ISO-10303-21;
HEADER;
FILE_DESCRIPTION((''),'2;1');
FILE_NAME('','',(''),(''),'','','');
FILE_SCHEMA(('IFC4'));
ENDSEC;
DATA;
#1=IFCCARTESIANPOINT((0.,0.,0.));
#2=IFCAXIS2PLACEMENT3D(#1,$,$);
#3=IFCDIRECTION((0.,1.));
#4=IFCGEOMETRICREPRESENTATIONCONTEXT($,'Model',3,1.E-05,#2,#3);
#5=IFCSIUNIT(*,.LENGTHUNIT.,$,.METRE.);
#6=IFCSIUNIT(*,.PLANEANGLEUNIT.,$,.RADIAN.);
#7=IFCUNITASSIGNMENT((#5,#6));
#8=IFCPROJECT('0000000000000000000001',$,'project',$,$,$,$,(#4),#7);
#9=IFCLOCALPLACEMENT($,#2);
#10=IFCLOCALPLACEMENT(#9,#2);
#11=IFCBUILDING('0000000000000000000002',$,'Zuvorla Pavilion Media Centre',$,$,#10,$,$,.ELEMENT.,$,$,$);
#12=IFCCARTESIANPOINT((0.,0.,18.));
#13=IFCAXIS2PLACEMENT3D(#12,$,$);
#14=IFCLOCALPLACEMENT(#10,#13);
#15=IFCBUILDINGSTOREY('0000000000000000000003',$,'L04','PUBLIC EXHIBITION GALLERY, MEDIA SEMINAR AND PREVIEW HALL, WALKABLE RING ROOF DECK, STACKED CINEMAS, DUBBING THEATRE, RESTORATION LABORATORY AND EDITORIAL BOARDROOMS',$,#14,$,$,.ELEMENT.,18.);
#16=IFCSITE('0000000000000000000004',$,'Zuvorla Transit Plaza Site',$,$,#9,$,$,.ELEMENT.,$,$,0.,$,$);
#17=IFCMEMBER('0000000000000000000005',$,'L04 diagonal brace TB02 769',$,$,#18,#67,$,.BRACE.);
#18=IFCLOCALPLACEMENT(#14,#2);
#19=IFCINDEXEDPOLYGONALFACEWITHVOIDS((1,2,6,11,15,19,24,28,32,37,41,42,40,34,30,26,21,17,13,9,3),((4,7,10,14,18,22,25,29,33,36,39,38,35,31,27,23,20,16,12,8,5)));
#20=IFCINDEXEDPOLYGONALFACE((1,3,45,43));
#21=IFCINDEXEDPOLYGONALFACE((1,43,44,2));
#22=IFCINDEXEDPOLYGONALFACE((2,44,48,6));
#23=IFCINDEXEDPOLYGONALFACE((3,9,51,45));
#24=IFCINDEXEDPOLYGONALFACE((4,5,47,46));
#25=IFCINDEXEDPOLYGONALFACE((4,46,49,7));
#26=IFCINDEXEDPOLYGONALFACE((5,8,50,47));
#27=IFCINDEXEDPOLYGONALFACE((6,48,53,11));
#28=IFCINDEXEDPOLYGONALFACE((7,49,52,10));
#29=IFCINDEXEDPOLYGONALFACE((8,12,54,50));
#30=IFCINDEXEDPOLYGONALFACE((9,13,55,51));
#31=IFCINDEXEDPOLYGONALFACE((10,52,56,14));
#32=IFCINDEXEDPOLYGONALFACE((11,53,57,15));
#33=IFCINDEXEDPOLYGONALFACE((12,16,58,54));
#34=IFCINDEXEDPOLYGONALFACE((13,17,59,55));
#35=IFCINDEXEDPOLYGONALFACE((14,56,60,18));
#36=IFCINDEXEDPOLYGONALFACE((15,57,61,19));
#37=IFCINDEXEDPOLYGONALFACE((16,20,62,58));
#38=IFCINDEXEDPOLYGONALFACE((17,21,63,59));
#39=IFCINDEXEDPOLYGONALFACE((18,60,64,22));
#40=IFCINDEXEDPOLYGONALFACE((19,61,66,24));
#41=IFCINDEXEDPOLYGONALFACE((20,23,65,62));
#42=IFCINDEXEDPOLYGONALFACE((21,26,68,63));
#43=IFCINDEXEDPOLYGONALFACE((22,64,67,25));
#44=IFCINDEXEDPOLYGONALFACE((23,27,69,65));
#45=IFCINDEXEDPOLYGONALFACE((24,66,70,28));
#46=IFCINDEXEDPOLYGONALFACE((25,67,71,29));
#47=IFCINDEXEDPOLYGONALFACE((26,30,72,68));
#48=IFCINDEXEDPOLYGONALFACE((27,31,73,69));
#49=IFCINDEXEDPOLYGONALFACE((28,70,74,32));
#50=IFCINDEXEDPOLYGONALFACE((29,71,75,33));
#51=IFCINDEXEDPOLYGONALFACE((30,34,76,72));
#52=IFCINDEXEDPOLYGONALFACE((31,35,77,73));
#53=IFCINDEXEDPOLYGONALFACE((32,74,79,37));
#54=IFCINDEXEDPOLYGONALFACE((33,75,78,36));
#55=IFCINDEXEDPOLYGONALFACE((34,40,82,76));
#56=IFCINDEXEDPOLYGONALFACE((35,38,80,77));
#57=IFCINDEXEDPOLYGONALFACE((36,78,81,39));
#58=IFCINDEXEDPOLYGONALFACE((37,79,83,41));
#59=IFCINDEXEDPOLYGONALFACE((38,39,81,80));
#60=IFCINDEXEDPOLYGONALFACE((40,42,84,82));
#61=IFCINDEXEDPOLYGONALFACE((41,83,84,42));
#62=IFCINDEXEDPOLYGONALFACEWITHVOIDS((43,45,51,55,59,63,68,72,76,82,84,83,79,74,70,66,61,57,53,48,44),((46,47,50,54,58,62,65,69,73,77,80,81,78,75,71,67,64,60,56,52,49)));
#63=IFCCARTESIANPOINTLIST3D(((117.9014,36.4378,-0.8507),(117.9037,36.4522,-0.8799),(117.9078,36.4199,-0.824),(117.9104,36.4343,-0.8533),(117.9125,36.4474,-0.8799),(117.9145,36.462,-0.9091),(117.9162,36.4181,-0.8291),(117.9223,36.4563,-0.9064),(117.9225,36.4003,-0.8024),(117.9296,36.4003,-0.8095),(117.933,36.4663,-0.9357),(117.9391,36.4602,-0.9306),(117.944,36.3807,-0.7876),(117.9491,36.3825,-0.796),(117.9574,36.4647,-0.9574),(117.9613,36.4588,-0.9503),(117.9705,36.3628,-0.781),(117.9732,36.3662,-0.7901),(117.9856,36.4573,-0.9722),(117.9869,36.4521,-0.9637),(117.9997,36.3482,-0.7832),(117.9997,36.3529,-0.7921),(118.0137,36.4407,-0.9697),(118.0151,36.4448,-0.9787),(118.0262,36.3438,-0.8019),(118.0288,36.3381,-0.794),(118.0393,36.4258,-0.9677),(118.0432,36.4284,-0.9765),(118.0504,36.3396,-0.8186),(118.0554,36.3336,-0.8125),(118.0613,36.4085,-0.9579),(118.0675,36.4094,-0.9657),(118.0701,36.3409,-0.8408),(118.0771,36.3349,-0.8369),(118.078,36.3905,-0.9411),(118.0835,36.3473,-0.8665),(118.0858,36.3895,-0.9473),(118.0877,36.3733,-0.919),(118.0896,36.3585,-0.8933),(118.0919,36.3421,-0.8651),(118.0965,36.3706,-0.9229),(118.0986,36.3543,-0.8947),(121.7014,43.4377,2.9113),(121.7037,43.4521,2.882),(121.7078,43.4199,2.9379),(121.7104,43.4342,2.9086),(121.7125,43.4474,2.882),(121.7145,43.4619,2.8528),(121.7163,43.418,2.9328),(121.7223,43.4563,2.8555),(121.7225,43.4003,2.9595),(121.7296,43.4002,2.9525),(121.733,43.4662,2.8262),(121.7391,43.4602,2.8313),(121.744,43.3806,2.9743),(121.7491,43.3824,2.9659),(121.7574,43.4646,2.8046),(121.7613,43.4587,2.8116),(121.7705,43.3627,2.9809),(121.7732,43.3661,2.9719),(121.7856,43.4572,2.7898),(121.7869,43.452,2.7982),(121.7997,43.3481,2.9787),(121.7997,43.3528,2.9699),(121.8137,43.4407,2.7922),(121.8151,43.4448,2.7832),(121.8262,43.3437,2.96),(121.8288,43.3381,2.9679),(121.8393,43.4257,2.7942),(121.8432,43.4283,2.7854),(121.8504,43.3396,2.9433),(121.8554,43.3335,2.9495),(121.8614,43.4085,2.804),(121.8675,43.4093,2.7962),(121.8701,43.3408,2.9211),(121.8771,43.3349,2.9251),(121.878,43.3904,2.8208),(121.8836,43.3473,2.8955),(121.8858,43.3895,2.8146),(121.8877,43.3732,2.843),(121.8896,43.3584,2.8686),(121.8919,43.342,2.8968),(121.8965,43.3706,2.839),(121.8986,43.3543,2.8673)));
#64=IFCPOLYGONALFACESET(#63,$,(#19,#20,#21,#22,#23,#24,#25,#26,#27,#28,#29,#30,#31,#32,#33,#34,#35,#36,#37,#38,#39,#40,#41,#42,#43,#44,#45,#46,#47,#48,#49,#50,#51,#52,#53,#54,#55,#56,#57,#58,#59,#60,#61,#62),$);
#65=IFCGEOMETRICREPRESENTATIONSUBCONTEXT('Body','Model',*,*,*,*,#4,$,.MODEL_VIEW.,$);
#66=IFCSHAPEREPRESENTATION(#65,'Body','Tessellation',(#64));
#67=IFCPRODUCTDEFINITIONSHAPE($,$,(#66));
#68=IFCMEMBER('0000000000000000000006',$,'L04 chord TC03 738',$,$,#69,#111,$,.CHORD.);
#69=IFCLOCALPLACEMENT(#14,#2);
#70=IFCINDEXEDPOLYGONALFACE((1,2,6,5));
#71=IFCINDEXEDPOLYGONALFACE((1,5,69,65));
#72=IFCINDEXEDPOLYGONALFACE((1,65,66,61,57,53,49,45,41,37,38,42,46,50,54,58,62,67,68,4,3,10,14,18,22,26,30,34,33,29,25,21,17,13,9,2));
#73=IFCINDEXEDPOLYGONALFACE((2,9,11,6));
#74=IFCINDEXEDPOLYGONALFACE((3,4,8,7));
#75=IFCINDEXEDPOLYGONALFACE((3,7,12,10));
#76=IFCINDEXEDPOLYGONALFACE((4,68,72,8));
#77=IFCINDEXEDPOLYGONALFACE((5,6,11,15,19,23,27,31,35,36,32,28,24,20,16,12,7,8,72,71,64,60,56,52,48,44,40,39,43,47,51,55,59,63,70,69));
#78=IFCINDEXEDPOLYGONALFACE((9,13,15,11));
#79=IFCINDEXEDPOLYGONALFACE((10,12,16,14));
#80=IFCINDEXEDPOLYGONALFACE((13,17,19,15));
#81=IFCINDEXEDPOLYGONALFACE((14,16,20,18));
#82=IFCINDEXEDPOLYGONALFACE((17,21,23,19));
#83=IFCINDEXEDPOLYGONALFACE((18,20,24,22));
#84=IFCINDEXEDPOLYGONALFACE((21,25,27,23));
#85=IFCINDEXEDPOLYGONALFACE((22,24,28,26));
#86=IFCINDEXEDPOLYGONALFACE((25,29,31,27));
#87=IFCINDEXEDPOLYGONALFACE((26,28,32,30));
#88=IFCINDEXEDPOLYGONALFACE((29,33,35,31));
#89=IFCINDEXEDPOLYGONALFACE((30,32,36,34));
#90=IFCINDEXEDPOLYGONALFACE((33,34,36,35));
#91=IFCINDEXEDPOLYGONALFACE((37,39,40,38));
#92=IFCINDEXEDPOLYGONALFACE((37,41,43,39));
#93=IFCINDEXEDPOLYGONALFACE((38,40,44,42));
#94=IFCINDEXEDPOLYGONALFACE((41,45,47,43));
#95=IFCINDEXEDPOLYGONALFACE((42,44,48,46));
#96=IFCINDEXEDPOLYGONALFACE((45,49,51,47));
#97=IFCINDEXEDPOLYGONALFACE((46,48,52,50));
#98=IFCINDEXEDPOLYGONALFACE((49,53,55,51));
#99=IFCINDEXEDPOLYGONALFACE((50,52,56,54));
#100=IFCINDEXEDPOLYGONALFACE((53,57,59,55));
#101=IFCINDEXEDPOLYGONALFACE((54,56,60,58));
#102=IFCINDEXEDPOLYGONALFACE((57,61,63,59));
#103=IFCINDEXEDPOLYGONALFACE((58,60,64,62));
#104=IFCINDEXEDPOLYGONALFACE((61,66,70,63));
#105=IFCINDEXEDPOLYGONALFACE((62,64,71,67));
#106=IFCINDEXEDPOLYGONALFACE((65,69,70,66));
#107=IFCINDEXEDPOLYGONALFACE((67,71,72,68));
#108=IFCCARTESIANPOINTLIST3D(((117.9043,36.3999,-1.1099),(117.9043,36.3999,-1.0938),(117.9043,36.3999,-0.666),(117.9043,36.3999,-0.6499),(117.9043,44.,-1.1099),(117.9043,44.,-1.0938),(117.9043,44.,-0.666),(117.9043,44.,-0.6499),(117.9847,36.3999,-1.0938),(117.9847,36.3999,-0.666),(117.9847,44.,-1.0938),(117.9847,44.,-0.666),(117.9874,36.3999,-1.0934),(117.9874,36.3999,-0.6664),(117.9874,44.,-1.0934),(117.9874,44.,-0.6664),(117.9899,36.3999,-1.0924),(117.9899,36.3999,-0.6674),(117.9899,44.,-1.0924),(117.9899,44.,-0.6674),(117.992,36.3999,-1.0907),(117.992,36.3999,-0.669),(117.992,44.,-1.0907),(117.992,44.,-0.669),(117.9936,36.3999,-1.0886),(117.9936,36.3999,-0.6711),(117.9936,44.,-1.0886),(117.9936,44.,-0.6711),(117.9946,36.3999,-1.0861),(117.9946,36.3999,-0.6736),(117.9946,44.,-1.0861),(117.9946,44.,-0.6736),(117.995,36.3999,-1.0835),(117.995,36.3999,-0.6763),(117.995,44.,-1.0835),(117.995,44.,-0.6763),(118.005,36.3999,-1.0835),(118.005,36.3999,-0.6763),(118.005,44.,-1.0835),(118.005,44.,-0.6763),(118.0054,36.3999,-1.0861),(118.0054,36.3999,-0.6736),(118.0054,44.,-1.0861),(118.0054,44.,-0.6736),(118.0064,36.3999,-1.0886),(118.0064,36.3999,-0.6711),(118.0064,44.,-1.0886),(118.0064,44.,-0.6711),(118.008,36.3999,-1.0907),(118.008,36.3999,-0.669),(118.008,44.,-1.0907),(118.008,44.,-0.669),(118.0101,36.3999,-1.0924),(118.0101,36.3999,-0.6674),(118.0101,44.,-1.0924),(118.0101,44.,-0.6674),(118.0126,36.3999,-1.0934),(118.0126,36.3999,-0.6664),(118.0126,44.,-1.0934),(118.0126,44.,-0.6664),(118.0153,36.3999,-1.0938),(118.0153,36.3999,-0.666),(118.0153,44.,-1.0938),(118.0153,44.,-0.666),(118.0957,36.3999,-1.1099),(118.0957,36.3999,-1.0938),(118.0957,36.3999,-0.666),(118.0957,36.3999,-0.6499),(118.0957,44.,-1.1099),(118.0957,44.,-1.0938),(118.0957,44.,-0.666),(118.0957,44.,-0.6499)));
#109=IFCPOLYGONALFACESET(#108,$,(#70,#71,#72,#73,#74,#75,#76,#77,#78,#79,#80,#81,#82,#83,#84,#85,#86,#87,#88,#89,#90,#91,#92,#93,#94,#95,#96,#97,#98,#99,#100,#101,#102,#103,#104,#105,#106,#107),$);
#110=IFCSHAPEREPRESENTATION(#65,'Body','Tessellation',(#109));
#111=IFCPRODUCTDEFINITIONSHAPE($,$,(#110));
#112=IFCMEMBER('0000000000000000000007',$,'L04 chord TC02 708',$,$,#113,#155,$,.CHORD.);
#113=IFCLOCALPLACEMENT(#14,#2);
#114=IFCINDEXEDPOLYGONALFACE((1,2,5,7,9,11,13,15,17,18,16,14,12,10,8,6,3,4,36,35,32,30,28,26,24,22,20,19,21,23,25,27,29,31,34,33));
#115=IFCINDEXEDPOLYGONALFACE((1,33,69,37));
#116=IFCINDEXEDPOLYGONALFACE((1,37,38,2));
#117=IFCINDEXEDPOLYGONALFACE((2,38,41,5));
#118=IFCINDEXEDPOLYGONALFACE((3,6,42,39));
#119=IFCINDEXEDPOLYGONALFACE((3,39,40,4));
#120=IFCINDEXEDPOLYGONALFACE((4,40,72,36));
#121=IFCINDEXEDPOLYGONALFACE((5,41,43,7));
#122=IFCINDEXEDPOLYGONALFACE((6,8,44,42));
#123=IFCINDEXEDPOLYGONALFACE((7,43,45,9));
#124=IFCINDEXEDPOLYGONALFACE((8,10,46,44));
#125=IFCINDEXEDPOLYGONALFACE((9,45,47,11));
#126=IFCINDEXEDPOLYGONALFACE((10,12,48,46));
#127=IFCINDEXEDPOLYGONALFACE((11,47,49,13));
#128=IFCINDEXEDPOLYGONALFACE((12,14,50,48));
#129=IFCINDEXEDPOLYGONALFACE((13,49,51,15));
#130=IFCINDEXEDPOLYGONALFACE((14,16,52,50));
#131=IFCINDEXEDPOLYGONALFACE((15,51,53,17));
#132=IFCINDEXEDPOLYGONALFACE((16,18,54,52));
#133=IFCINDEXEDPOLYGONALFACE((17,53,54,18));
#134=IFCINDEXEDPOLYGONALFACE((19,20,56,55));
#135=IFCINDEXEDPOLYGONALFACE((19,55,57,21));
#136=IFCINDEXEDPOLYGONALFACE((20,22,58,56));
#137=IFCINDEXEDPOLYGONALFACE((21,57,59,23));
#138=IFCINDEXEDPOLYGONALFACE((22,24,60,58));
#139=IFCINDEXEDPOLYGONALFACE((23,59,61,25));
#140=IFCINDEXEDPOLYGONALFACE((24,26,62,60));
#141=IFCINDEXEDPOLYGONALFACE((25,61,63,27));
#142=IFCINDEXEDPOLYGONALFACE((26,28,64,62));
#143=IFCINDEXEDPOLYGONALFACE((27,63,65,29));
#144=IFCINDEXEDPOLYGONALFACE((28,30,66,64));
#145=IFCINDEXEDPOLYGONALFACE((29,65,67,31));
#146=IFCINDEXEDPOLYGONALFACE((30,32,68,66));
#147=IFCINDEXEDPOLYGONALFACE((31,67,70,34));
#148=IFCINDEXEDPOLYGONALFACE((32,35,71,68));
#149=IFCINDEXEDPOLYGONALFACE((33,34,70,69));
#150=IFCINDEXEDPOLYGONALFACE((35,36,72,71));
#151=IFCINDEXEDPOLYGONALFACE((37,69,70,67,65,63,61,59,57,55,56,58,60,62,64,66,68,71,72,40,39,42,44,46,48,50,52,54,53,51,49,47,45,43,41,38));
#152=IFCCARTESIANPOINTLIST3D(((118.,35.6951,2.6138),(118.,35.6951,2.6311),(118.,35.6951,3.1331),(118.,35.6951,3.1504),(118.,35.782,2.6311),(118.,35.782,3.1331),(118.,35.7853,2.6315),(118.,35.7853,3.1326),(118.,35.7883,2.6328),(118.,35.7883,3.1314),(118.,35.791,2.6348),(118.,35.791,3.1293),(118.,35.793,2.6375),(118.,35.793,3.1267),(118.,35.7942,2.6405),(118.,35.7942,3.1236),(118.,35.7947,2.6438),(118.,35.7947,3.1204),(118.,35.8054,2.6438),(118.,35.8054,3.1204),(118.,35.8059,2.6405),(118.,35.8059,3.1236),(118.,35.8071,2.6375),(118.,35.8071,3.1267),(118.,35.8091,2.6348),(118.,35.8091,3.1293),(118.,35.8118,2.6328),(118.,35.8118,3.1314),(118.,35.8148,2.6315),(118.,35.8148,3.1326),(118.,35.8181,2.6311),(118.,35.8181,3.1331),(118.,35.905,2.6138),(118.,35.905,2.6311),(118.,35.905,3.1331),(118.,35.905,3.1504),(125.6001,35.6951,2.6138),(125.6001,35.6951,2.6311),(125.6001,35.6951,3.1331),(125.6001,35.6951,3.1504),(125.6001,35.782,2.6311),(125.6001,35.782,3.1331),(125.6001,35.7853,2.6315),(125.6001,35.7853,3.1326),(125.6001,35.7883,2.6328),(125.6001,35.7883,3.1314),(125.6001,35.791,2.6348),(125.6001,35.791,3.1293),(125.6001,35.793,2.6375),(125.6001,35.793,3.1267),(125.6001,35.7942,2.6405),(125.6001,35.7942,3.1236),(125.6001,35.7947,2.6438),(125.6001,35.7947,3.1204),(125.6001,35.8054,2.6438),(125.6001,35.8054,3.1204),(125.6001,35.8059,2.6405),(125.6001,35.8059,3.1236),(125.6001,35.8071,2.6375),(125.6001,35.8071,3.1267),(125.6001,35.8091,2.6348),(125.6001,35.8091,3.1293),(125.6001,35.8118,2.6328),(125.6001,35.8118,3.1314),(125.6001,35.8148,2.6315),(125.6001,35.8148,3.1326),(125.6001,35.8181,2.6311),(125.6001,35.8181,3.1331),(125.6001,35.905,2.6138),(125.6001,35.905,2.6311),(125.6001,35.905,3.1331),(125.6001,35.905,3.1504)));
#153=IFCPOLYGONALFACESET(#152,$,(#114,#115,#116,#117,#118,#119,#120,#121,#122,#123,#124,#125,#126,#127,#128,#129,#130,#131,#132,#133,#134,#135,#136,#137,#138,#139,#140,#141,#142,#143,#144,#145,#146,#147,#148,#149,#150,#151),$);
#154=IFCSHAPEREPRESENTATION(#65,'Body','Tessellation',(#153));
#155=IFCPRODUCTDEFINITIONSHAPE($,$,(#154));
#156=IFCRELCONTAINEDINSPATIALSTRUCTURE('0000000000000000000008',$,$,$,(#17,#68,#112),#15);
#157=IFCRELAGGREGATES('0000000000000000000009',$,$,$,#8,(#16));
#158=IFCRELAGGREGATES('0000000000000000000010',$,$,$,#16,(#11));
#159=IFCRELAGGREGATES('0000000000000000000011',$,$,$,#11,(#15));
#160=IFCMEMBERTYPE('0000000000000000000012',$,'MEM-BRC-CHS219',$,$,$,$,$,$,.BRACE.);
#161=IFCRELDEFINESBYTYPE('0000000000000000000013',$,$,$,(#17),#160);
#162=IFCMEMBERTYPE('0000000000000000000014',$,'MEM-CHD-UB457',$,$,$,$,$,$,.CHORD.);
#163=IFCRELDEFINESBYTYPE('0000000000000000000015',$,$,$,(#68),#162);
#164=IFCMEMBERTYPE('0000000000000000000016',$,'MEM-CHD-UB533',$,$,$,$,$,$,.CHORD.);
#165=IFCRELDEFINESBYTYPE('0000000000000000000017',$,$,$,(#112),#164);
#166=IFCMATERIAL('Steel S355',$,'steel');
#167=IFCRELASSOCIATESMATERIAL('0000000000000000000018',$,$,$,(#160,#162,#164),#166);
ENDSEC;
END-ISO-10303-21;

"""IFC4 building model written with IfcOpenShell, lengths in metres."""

from ifc_helpers import new_model, si_unit, direction, frame, origin, origin_2d, place, context, subcontext, project, spatial, hollow_circle, i_section, extrude, material, material_profile, profile_set, type_object, element, save


model = new_model("IFC4")

# Units and contexts
model_context = context("Model", 3, precision=1e-05, world=origin(), true_north=direction((0.0, 1.0)))
body_context = subcontext(model_context, "Body", "Model", "MODEL_VIEW")
ifc_project = project(units=[si_unit("LENGTHUNIT", "METRE"), si_unit("PLANEANGLEUNIT", "RADIAN")], contexts=[model_context])

# Site, building, storey
site_placement = place(None, origin())
site = spatial("IfcSite", under=ifc_project, at=site_placement, Name="Zuvorla Transit Plaza Site", CompositionType="ELEMENT", RefElevation=0.0)
building_placement = place(site_placement, origin())
building = spatial("IfcBuilding", under=site, at=building_placement, Name="Zuvorla Pavilion Media Centre", CompositionType="ELEMENT")
storey_placement = place(building_placement, frame((0.0, 0.0, 18.0)))
storey = spatial("IfcBuildingStorey", under=building, at=storey_placement, Name="L04", Description="PUBLIC EXHIBITION GALLERY, MEDIA SEMINAR AND PREVIEW HALL, WALKABLE RING ROOF DECK, STACKED CINEMAS, DUBBING THEATRE, RESTORATION LABORATORY AND EDITORIAL BOARDROOMS", CompositionType="ELEMENT", Elevation=18.0)

# Members
ifc_material_1 = material(Name="Steel S355", Category="steel")
ifc_material_profile_1 = material_profile(ifc_material_1, hollow_circle(Radius=0.1096, WallThickness=0.01, at=origin_2d()), Name="CHS 219.1x10")
ifc_profile_set_1 = profile_set([ifc_material_profile_1], Name="Steel S355")
member_type_1 = type_object("IfcMemberType", Name="MEM-BRC-CHS219", PredefinedType="BRACE", material=ifc_profile_set_1)
member_1_placement = place(storey_placement, frame((118.0, 36.3999, -0.8799), z_axis=(0.431399, 0.794671, 0.427075), x_axis=(-0.878851, 0.477097, 0.0)))
element("IfcMember", 1, at=member_1_placement, inside=storey, type_object=member_type_1, Name="L04 diagonal brace TB02 769", PredefinedType="BRACE", context=body_context, shape_type="SweptSolid", body=[
    extrude(hollow_circle(Radius=0.1096, WallThickness=0.01, at=origin_2d()), origin(), (0.0, 0.0, 1.0), 8.8086),
])
ifc_material_profile_2 = material_profile(ifc_material_1, i_section(OverallWidth=0.1914, OverallDepth=0.46, WebThickness=0.01, FlangeThickness=0.0161, FilletRadius=0.0103, at=origin_2d()), Name="UB 457x191x82")
ifc_profile_set_2 = profile_set([ifc_material_profile_2], Name="Steel S355")
member_type_2 = type_object("IfcMemberType", Name="MEM-CHD-UB457", PredefinedType="CHORD", material=ifc_profile_set_2)
member_2_placement = place(storey_placement, frame((118.0, 36.3999, -0.8799), z_axis=(0.0, 1.0, 0.0), x_axis=(-1.0, 0.0, 0.0)))
element("IfcMember", 2, at=member_2_placement, inside=storey, type_object=member_type_2, Name="L04 chord TC03 738", PredefinedType="CHORD", context=body_context, shape_type="SweptSolid", body=[
    extrude(i_section(OverallWidth=0.1914, OverallDepth=0.46, WebThickness=0.01, FlangeThickness=0.0161, FilletRadius=0.0103, at=origin_2d()), origin(), (0.0, 0.0, 1.0), 7.6001),
])
ifc_material_profile_3 = material_profile(ifc_material_1, i_section(OverallWidth=0.21, OverallDepth=0.5366, WebThickness=0.0107, FlangeThickness=0.0173, FilletRadius=0.0127, at=origin_2d()), Name="UB 533x210x101")
ifc_profile_set_3 = profile_set([ifc_material_profile_3], Name="Steel S355")
member_type_3 = type_object("IfcMemberType", Name="MEM-CHD-UB533", PredefinedType="CHORD", material=ifc_profile_set_3)
member_3_placement = place(storey_placement, frame((118.0, 35.8, 2.8821), z_axis=(1.0, 0.0, 0.0), x_axis=(0.0, 1.0, 0.0)))
element("IfcMember", 3, at=member_3_placement, inside=storey, type_object=member_type_3, Name="L04 chord TC02 708", PredefinedType="CHORD", context=body_context, shape_type="SweptSolid", body=[
    extrude(i_section(OverallWidth=0.21, OverallDepth=0.5366, WebThickness=0.0107, FlangeThickness=0.0173, FilletRadius=0.0127, at=origin_2d()), origin(), (0.0, 0.0, 1.0), 7.6001),
])

save(model, "model.ifc")
